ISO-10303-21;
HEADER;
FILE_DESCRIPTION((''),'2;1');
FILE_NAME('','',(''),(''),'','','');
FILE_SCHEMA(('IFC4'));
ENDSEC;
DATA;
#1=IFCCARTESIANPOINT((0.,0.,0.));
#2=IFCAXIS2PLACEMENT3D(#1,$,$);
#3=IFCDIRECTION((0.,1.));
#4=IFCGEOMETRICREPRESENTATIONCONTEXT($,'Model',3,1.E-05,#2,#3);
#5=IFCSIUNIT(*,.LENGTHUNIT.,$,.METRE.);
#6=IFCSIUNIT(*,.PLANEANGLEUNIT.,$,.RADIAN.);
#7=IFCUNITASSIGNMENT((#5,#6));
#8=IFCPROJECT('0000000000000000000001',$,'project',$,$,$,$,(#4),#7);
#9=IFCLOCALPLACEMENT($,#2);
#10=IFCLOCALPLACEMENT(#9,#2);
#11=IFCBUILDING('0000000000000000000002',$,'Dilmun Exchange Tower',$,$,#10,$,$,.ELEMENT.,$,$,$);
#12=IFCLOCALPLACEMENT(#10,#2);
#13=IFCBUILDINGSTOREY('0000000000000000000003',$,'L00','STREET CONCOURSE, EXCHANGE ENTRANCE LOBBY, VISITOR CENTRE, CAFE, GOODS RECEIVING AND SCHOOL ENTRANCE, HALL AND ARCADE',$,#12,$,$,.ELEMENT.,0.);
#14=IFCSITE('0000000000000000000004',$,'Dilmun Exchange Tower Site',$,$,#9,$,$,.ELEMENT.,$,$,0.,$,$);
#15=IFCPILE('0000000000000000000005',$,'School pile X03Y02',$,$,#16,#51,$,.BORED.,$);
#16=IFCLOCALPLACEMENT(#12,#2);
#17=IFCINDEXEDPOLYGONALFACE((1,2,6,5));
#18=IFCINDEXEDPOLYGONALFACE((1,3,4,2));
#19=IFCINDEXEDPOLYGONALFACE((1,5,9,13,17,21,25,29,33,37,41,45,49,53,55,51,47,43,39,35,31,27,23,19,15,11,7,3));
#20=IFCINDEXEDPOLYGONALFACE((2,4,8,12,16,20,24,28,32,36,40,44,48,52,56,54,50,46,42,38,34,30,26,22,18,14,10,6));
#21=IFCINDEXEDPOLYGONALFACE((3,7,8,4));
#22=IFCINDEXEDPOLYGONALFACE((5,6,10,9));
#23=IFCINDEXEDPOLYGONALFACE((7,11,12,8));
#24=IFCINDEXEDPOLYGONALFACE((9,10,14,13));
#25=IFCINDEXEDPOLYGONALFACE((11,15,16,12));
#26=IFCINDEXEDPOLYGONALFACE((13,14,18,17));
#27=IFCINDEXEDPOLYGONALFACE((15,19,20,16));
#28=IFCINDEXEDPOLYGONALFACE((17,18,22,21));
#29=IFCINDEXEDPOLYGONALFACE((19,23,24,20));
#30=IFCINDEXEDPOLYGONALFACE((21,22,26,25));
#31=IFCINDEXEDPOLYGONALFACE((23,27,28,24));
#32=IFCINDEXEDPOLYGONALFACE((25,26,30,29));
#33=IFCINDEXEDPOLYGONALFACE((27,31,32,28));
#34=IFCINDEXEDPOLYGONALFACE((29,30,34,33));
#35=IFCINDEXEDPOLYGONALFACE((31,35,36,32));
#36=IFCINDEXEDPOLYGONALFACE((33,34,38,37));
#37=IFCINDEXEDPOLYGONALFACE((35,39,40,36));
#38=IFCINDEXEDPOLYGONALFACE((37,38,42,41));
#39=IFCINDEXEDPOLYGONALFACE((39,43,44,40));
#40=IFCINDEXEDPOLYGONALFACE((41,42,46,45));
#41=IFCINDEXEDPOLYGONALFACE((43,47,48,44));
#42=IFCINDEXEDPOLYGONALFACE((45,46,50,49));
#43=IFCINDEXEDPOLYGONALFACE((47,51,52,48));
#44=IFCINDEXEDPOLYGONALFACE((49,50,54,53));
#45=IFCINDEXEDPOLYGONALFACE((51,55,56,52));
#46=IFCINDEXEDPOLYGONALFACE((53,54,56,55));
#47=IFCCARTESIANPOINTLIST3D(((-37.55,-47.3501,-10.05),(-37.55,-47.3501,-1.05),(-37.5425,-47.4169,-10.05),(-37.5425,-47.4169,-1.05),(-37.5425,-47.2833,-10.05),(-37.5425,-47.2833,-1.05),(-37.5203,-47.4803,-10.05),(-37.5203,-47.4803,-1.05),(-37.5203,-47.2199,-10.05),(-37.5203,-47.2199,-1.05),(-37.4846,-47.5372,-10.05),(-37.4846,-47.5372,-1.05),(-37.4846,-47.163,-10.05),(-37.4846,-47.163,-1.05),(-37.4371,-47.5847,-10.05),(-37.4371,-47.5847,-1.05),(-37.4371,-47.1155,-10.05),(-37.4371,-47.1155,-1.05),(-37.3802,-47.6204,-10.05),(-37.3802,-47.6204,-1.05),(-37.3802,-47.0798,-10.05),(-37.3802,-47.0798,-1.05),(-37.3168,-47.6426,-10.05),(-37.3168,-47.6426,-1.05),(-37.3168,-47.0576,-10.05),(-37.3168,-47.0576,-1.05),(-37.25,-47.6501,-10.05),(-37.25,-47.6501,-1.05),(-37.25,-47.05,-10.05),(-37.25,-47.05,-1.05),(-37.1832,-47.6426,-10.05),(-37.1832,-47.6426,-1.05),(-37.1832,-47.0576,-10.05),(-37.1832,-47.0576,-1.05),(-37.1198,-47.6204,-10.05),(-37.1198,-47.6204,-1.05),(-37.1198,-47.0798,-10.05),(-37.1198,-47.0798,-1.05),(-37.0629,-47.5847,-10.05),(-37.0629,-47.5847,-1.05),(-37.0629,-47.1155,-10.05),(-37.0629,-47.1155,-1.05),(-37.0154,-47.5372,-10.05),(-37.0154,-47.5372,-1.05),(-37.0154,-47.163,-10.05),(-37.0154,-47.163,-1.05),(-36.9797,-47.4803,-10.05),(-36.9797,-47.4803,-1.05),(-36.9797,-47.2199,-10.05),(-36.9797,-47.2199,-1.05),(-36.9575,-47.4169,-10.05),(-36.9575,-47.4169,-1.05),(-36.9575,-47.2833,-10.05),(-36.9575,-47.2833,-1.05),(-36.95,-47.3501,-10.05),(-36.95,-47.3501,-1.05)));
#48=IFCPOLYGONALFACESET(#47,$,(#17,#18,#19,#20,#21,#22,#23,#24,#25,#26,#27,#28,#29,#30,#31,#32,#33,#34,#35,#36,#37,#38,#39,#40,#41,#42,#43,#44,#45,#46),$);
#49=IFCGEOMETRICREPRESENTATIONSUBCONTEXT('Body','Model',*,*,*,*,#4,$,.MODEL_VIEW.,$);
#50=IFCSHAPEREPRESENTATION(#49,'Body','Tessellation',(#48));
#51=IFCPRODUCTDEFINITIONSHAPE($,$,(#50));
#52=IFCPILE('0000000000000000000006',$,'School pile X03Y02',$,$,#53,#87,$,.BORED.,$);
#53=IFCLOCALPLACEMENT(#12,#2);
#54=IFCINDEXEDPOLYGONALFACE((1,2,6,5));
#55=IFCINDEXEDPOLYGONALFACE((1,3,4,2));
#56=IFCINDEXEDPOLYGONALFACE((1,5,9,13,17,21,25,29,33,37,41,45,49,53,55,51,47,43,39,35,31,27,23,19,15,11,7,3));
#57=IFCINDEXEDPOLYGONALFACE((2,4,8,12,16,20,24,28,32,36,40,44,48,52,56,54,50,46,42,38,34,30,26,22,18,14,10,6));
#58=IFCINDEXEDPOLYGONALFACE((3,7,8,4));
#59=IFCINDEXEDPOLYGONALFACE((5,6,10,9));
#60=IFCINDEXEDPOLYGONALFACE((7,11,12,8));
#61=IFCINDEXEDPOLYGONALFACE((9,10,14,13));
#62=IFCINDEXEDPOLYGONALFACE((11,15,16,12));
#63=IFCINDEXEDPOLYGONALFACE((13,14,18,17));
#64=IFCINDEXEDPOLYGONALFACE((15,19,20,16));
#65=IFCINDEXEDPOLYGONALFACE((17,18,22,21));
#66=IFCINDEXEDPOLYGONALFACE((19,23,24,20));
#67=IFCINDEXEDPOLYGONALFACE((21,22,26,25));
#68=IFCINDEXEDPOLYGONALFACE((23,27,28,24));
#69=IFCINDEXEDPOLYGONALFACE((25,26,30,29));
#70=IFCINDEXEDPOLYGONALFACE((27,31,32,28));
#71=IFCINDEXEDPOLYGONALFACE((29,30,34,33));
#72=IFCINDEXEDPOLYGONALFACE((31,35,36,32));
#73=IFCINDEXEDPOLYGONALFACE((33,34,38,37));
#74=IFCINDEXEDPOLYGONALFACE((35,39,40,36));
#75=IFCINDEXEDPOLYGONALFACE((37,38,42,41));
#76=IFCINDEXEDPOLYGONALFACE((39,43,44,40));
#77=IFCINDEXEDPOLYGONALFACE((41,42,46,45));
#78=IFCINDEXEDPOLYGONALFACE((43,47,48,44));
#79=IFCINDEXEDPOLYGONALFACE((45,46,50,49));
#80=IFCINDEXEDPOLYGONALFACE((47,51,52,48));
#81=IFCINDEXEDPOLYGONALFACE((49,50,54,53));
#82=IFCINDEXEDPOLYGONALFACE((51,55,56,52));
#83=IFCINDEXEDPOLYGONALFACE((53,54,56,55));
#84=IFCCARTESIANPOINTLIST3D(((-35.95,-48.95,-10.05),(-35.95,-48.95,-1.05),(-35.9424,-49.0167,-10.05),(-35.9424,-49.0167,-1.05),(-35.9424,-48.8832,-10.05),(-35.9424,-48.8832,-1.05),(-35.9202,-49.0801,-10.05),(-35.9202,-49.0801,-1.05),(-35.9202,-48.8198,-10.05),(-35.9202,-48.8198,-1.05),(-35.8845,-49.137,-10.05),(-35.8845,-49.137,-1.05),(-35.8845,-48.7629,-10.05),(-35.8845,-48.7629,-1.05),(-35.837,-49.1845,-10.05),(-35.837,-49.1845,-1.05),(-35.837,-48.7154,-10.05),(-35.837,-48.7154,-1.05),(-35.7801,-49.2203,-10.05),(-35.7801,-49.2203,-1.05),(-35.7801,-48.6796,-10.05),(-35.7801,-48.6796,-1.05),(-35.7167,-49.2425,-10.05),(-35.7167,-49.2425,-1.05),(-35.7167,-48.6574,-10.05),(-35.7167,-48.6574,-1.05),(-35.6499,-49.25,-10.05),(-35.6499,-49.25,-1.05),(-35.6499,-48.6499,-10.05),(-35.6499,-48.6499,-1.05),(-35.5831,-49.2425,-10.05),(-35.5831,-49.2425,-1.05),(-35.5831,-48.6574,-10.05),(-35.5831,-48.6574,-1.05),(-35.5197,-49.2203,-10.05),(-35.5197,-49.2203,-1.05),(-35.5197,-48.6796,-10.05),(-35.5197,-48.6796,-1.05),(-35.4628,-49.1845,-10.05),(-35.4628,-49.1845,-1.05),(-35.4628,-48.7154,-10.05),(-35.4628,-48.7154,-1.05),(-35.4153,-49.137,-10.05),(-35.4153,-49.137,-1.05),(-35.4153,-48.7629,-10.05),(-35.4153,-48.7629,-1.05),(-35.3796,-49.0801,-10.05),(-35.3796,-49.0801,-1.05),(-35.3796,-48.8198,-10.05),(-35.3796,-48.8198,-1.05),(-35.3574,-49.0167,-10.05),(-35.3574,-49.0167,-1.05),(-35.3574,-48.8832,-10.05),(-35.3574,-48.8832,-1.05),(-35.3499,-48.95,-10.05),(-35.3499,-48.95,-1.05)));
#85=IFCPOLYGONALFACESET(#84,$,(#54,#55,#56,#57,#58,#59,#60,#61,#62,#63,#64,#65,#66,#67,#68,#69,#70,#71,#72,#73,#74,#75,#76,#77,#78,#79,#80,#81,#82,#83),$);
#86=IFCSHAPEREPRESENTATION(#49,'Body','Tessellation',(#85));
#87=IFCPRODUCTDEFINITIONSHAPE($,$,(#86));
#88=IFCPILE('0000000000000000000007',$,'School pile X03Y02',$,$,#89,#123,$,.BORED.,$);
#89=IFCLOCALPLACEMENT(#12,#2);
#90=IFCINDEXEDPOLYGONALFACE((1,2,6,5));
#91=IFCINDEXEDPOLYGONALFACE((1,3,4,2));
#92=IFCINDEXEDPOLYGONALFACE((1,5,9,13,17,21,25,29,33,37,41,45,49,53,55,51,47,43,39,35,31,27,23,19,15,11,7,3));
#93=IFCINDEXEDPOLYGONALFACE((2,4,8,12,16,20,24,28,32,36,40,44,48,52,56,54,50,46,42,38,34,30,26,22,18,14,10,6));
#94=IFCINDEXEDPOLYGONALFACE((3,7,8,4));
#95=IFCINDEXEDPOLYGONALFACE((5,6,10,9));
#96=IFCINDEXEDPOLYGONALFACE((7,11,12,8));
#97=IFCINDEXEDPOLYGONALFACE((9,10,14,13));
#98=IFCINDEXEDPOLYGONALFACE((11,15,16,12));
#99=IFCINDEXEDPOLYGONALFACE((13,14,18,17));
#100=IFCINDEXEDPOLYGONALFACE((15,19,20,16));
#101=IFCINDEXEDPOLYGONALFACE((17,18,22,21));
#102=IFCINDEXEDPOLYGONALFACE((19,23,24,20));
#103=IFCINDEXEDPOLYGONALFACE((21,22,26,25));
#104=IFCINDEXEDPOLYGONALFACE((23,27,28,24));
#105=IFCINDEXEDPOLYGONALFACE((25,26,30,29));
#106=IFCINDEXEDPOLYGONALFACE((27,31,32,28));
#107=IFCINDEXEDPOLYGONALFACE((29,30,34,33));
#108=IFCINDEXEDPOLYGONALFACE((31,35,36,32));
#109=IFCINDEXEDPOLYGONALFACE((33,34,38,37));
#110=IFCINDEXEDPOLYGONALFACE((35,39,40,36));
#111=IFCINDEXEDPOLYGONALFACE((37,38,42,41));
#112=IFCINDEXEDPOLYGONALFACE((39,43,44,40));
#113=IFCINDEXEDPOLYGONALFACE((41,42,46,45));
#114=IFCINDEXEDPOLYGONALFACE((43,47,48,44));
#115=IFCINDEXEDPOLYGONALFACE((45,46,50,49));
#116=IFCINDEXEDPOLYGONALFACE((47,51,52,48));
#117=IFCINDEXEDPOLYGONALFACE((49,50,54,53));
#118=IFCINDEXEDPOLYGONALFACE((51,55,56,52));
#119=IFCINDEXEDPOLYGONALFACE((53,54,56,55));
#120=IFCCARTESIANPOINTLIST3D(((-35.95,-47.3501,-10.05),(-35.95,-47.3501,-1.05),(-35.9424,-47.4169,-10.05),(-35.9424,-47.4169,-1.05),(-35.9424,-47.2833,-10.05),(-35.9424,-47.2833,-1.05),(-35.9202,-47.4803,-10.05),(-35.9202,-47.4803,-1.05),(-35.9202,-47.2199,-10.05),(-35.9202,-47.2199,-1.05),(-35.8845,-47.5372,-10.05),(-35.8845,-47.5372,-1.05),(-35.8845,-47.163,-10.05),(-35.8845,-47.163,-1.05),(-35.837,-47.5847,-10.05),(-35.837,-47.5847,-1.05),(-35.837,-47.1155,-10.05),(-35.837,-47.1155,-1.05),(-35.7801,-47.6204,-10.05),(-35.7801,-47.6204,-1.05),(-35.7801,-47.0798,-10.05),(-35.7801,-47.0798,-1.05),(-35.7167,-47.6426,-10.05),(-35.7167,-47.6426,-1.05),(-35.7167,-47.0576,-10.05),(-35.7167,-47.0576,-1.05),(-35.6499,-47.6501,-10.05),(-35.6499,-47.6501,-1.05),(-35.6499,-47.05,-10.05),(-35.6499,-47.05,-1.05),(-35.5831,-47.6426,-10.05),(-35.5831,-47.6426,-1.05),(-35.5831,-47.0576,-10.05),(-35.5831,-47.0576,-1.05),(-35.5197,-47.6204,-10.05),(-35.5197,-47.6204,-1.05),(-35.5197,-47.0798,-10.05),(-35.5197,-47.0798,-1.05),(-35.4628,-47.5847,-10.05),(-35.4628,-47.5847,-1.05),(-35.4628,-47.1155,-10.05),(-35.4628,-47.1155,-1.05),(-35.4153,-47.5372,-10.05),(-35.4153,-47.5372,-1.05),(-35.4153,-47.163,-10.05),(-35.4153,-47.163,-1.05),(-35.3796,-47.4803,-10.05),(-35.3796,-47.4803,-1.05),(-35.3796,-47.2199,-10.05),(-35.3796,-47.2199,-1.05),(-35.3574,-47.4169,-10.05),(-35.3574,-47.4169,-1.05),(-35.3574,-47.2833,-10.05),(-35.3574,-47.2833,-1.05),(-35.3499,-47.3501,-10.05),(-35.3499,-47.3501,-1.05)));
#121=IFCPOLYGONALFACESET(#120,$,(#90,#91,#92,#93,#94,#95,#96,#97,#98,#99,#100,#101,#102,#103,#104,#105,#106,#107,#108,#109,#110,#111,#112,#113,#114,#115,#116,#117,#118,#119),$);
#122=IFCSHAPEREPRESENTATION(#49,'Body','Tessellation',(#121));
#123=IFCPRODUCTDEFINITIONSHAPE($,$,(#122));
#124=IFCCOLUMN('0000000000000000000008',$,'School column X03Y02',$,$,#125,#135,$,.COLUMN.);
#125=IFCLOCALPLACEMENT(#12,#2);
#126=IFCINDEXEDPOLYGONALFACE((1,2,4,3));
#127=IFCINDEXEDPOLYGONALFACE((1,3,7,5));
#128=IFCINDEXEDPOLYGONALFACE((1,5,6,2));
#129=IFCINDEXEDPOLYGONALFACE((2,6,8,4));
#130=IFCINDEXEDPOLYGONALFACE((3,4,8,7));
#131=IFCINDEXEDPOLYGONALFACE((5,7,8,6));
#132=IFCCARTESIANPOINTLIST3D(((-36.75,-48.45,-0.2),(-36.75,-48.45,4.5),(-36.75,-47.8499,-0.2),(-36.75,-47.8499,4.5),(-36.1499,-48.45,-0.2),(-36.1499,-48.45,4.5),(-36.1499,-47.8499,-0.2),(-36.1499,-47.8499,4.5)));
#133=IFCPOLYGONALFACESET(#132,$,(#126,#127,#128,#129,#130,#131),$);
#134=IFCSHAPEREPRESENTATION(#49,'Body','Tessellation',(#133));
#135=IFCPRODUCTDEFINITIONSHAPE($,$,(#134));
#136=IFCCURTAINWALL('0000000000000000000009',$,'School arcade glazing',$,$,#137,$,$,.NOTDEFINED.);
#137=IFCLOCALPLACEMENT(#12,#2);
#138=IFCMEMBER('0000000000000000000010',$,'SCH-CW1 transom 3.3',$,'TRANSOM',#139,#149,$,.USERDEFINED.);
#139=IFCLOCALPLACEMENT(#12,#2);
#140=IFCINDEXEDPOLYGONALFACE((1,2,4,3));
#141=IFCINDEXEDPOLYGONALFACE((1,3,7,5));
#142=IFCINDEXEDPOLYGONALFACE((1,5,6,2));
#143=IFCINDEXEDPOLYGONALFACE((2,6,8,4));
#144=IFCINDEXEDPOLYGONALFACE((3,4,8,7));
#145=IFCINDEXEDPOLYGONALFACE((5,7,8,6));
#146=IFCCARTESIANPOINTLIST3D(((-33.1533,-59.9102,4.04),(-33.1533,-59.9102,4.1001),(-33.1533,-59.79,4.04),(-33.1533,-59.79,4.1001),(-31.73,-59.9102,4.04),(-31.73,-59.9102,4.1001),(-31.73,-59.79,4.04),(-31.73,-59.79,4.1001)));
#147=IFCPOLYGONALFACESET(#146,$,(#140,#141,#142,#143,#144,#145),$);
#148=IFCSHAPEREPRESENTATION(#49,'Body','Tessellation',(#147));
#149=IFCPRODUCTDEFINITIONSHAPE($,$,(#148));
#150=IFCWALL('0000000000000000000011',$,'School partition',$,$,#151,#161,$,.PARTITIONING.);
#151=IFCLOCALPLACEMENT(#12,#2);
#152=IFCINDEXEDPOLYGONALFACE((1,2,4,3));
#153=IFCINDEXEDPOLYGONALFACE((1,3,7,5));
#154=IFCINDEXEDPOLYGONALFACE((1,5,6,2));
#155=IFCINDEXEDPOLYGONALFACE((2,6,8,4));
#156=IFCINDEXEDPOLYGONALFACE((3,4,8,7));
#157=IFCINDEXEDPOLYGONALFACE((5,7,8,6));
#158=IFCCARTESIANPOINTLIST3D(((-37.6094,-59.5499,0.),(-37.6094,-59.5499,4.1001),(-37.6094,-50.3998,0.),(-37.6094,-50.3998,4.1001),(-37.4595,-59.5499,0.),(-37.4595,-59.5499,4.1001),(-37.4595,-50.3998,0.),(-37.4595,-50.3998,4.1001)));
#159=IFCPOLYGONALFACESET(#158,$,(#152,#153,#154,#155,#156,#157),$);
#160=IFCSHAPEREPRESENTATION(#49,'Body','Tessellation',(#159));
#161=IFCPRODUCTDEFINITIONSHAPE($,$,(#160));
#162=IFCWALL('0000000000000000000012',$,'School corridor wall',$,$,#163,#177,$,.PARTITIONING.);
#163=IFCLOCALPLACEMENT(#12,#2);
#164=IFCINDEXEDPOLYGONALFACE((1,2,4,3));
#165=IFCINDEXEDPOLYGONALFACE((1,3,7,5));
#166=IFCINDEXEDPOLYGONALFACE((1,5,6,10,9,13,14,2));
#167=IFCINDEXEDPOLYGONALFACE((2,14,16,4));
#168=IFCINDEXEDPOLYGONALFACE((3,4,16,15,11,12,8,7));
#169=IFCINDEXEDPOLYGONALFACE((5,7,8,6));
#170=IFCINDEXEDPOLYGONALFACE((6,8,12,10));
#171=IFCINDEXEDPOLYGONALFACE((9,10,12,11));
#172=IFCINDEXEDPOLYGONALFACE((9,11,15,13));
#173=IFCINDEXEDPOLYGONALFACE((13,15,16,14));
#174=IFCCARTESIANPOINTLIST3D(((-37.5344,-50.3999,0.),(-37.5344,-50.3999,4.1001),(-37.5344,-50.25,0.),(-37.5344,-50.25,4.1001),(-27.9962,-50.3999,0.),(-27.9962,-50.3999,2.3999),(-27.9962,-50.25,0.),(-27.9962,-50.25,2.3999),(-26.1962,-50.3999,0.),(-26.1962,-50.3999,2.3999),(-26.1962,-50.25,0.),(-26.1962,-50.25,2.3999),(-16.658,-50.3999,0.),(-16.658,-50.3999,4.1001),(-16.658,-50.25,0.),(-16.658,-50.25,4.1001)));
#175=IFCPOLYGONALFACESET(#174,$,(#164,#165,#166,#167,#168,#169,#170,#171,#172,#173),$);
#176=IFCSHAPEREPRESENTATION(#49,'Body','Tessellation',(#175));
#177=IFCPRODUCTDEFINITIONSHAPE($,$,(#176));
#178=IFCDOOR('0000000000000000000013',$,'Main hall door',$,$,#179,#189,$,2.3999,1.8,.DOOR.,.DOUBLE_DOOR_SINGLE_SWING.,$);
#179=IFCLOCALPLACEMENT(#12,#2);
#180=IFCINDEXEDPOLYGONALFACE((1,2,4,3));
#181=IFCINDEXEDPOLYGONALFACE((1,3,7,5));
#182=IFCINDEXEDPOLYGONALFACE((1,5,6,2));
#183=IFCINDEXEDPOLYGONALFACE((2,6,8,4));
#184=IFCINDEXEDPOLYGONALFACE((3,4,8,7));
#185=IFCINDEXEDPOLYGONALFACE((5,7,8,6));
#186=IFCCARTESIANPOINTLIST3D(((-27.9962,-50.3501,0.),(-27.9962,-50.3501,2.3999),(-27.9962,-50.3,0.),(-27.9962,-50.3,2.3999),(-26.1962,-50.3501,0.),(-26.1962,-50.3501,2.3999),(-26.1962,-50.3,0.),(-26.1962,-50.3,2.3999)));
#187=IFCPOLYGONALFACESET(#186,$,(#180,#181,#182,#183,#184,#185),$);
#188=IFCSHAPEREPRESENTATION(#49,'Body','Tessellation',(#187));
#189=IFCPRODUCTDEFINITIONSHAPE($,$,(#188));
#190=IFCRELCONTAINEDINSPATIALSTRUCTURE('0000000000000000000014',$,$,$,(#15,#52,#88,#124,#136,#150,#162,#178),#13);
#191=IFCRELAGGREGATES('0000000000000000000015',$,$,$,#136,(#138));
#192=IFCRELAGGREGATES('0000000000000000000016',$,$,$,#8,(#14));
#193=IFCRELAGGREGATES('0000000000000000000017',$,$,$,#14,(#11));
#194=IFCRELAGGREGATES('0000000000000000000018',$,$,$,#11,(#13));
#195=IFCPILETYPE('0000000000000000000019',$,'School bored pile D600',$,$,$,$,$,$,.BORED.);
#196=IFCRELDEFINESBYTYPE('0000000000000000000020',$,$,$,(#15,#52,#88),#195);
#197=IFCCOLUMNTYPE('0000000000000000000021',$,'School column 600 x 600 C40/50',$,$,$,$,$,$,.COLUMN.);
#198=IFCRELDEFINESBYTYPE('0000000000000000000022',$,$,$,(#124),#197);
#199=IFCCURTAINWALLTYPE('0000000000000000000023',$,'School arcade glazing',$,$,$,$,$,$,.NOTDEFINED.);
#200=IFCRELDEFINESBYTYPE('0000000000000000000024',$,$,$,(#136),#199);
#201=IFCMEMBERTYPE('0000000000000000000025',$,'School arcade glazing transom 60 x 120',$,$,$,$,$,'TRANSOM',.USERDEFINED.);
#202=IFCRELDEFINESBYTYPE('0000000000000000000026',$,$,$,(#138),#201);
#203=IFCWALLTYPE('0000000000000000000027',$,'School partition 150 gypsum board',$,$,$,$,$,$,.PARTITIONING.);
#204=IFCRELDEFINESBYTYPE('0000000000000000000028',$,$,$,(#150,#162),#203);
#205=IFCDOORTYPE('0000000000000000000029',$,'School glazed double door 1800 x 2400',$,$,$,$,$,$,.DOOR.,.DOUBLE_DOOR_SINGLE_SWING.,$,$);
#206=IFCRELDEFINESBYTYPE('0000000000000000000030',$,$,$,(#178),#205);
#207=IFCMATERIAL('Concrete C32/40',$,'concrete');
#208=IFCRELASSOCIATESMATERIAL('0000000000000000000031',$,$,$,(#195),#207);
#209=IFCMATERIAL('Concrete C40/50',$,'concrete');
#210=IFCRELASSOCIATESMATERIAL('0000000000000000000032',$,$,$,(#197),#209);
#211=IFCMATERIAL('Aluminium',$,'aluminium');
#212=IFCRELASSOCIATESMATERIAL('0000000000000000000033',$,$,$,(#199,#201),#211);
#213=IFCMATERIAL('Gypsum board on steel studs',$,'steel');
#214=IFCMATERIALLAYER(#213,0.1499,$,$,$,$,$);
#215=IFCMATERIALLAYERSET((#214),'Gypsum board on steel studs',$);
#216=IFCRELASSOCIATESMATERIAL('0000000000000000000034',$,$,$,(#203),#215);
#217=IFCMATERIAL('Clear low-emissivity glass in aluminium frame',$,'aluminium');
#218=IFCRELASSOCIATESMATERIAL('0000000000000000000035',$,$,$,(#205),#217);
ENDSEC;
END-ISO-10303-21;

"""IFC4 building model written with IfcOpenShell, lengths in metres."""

from ifc_helpers import new_model, si_unit, direction, frame, frame_2d, origin, origin_2d, place, context, subcontext, project, spatial, rectangle, circle, extrude, material, layer, layer_set, material_profile, profile_set, type_object, element, fill, aggregate, save


model = new_model("IFC4")

# Units and contexts
model_context = context("Model", 3, precision=1e-05, world=origin(), true_north=direction((0.0, 1.0)))
body_context = subcontext(model_context, "Body", "Model", "MODEL_VIEW")
ifc_project = project(units=[si_unit("LENGTHUNIT", "METRE"), si_unit("PLANEANGLEUNIT", "RADIAN")], contexts=[model_context])

# Site, building, storey
site_placement = place(None, origin())
site = spatial("IfcSite", under=ifc_project, at=site_placement, Name="Dilmun Exchange Tower Site", CompositionType="ELEMENT", RefElevation=0.0)
building_placement = place(site_placement, origin())
building = spatial("IfcBuilding", under=site, at=building_placement, Name="Dilmun Exchange Tower", CompositionType="ELEMENT")
storey_placement = place(building_placement, origin())
storey = spatial("IfcBuildingStorey", under=building, at=storey_placement, Name="L00", Description="STREET CONCOURSE, EXCHANGE ENTRANCE LOBBY, VISITOR CENTRE, CAFE, GOODS RECEIVING AND SCHOOL ENTRANCE, HALL AND ARCADE", CompositionType="ELEMENT", Elevation=0.0)

# Piles
ifc_material_1 = material(Name="Concrete C32/40", Category="concrete")
ifc_material_profile_1 = material_profile(ifc_material_1, circle(Radius=0.3, at=origin_2d()), Name="D600")
ifc_profile_set_1 = profile_set([ifc_material_profile_1], Name="Concrete C32/40")
pile_type = type_object("IfcPileType", Name="School bored pile D600", PredefinedType="BORED", material=ifc_profile_set_1)
for number, where, z_axis, x_axis, name in (
    (1, (-37.25, -47.3501, -1.05), (0.0, 0.0, -1.0), (1.0, 0.0, 0.0), "School pile X03Y02"),
    (2, (-35.6499, -48.95, -1.05), (0.0, 0.0, -1.0), (1.0, 0.0, 0.0), "School pile X03Y02"),
    (3, (-35.6499, -47.3501, -1.05), (0.0, 0.0, -1.0), (1.0, 0.0, 0.0), "School pile X03Y02"),
):
    element("IfcPile", number, at=place(storey_placement, frame(where, z_axis=z_axis, x_axis=x_axis)), inside=storey, type_object=pile_type, Name=name, PredefinedType="BORED", context=body_context, shape_type="SweptSolid", body=[
        extrude(circle(Radius=0.3, at=origin_2d()), origin(), (0.0, 0.0, 1.0), 9.0),
    ])

# Column
ifc_material_2 = material(Name="Concrete C40/50", Category="concrete")
ifc_material_profile_2 = material_profile(ifc_material_2, rectangle(XDim=0.6001, YDim=0.6001, at=origin_2d()), Name="600 x 600")
ifc_profile_set_2 = profile_set([ifc_material_profile_2], Name="Concrete C40/50")
column_type = type_object("IfcColumnType", Name="School column 600 x 600 C40/50", PredefinedType="COLUMN", material=ifc_profile_set_2)
column_placement = place(storey_placement, frame((-36.45, -48.1499, -0.2), z_axis=(0.0, 0.0, 1.0), x_axis=(1.0, 0.0, 0.0)))
element("IfcColumn", 4, at=column_placement, inside=storey, type_object=column_type, Name="School column X03Y02", PredefinedType="COLUMN", context=body_context, shape_type="SweptSolid", body=[
    extrude(rectangle(XDim=0.6001, YDim=0.6001, at=origin_2d()), origin(), (0.0, 0.0, 1.0), 4.7),
])

# Curtain wall, member
ifc_material_3 = material(Name="Aluminium", Category="aluminium")
curtain_wall_type = type_object("IfcCurtainWallType", Name="School arcade glazing", PredefinedType="NOTDEFINED", material=ifc_material_3)
curtain_wall_placement = place(storey_placement, origin())
curtain_wall = element("IfcCurtainWall", 5, at=curtain_wall_placement, inside=storey, type_object=curtain_wall_type, Name="School arcade glazing", PredefinedType="NOTDEFINED")
ifc_material_profile_3 = material_profile(ifc_material_3, rectangle(XDim=0.1201, YDim=0.0601, at=origin_2d()), Name="60 x 120")
ifc_profile_set_3 = profile_set([ifc_material_profile_3], Name="Aluminium")
member_type = type_object("IfcMemberType", Name="School arcade glazing transom 60 x 120", ElementType="TRANSOM", PredefinedType="USERDEFINED", material=ifc_profile_set_3)
member_placement = place(storey_placement, frame((-31.73, -59.8501, 4.0701), z_axis=(-1.0, 0.0, 0.0), x_axis=(0.0, -1.0, 0.0)))
member = element("IfcMember", 6, at=member_placement, type_object=member_type, Name="SCH-CW1 transom 3.3", ObjectType="TRANSOM", PredefinedType="USERDEFINED", context=body_context, shape_type="SweptSolid", body=[
    extrude(rectangle(XDim=0.1201, YDim=0.0601, at=origin_2d()), origin(), (0.0, 0.0, 1.0), 1.4233),
])
aggregate(curtain_wall, [member])

# Wall
ifc_material_4 = material(Name="Gypsum board on steel studs", Category="steel")
ifc_layer_1 = layer(ifc_material_4, 0.1499)
ifc_layer_set_1 = layer_set([ifc_layer_1], Name="Gypsum board on steel studs")
wall_type_1 = type_object("IfcWallType", Name="School partition 150 gypsum board", PredefinedType="PARTITIONING", material=ifc_layer_set_1)
wall_1_placement = place(storey_placement, frame((-37.5344, -59.55, 0.0), z_axis=(0.0, 0.0, 1.0), x_axis=(0.0, 1.0, 0.0)))
element("IfcWall", 7, at=wall_1_placement, inside=storey, type_object=wall_type_1, Name="School partition", PredefinedType="PARTITIONING", context=body_context, shape_type="SweptSolid", body=[
    extrude(rectangle(XDim=9.1501, YDim=0.1499, at=frame_2d((4.5752, 0.0))), origin(), (0.0, 0.0, 1.0), 4.1001),
])

# Wall, opening, door
wall_2_placement = place(storey_placement, frame((-37.5344, -50.325, 0.0), z_axis=(0.0, 0.0, 1.0), x_axis=(1.0, 0.0, 0.0)))
wall_2 = element("IfcWall", 8, at=wall_2_placement, inside=storey, type_object=wall_type_1, Name="School corridor wall", PredefinedType="PARTITIONING", context=body_context, shape_type="SweptSolid", body=[
    extrude(rectangle(XDim=20.8765, YDim=0.1499, at=frame_2d((10.4382, 0.0))), origin(), (0.0, 0.0, 1.0), 4.1001),
])
opening_1_placement = place(wall_2_placement, frame((9.5383, 0.0, 0.0)))
opening_1 = element("IfcOpeningElement", 9, at=opening_1_placement, cuts=wall_2, PredefinedType="OPENING", context=body_context, shape_type="SweptSolid", body=[
    extrude(rectangle(XDim=1.8, YDim=2.3999, at=frame_2d((0.8999, 1.2))), frame((0.0, 0.085, 0.0), z_axis=(0.0, -1.0, 0.0), x_axis=(1.0, 0.0, 0.0)), (0.0, 0.0, 1.0), 0.1699),
])
ifc_material_5 = material(Name="Clear low-emissivity glass in aluminium frame", Category="aluminium")
door_type_1 = type_object("IfcDoorType", Name="School glazed double door 1800 x 2400", OperationType="DOUBLE_DOOR_SINGLE_SWING", PredefinedType="DOOR", material=ifc_material_5)
door_1_placement = place(opening_1_placement, origin())
door_1 = element("IfcDoor", 10, at=door_1_placement, inside=storey, type_object=door_type_1, Name="Main hall door", OperationType="DOUBLE_DOOR_SINGLE_SWING", OverallHeight=2.3999, OverallWidth=1.8, PredefinedType="DOOR", context=body_context, shape_type="SweptSolid", body=[
    extrude(rectangle(XDim=1.8, YDim=2.3999, at=frame_2d((0.8999, 1.2))), frame((0.0, 0.0249, 0.0), z_axis=(0.0, -1.0, 0.0), x_axis=(1.0, 0.0, 0.0)), (0.0, 0.0, 1.0), 0.05),
])
fill(opening_1, door_1)

save(model, "model.ifc")
